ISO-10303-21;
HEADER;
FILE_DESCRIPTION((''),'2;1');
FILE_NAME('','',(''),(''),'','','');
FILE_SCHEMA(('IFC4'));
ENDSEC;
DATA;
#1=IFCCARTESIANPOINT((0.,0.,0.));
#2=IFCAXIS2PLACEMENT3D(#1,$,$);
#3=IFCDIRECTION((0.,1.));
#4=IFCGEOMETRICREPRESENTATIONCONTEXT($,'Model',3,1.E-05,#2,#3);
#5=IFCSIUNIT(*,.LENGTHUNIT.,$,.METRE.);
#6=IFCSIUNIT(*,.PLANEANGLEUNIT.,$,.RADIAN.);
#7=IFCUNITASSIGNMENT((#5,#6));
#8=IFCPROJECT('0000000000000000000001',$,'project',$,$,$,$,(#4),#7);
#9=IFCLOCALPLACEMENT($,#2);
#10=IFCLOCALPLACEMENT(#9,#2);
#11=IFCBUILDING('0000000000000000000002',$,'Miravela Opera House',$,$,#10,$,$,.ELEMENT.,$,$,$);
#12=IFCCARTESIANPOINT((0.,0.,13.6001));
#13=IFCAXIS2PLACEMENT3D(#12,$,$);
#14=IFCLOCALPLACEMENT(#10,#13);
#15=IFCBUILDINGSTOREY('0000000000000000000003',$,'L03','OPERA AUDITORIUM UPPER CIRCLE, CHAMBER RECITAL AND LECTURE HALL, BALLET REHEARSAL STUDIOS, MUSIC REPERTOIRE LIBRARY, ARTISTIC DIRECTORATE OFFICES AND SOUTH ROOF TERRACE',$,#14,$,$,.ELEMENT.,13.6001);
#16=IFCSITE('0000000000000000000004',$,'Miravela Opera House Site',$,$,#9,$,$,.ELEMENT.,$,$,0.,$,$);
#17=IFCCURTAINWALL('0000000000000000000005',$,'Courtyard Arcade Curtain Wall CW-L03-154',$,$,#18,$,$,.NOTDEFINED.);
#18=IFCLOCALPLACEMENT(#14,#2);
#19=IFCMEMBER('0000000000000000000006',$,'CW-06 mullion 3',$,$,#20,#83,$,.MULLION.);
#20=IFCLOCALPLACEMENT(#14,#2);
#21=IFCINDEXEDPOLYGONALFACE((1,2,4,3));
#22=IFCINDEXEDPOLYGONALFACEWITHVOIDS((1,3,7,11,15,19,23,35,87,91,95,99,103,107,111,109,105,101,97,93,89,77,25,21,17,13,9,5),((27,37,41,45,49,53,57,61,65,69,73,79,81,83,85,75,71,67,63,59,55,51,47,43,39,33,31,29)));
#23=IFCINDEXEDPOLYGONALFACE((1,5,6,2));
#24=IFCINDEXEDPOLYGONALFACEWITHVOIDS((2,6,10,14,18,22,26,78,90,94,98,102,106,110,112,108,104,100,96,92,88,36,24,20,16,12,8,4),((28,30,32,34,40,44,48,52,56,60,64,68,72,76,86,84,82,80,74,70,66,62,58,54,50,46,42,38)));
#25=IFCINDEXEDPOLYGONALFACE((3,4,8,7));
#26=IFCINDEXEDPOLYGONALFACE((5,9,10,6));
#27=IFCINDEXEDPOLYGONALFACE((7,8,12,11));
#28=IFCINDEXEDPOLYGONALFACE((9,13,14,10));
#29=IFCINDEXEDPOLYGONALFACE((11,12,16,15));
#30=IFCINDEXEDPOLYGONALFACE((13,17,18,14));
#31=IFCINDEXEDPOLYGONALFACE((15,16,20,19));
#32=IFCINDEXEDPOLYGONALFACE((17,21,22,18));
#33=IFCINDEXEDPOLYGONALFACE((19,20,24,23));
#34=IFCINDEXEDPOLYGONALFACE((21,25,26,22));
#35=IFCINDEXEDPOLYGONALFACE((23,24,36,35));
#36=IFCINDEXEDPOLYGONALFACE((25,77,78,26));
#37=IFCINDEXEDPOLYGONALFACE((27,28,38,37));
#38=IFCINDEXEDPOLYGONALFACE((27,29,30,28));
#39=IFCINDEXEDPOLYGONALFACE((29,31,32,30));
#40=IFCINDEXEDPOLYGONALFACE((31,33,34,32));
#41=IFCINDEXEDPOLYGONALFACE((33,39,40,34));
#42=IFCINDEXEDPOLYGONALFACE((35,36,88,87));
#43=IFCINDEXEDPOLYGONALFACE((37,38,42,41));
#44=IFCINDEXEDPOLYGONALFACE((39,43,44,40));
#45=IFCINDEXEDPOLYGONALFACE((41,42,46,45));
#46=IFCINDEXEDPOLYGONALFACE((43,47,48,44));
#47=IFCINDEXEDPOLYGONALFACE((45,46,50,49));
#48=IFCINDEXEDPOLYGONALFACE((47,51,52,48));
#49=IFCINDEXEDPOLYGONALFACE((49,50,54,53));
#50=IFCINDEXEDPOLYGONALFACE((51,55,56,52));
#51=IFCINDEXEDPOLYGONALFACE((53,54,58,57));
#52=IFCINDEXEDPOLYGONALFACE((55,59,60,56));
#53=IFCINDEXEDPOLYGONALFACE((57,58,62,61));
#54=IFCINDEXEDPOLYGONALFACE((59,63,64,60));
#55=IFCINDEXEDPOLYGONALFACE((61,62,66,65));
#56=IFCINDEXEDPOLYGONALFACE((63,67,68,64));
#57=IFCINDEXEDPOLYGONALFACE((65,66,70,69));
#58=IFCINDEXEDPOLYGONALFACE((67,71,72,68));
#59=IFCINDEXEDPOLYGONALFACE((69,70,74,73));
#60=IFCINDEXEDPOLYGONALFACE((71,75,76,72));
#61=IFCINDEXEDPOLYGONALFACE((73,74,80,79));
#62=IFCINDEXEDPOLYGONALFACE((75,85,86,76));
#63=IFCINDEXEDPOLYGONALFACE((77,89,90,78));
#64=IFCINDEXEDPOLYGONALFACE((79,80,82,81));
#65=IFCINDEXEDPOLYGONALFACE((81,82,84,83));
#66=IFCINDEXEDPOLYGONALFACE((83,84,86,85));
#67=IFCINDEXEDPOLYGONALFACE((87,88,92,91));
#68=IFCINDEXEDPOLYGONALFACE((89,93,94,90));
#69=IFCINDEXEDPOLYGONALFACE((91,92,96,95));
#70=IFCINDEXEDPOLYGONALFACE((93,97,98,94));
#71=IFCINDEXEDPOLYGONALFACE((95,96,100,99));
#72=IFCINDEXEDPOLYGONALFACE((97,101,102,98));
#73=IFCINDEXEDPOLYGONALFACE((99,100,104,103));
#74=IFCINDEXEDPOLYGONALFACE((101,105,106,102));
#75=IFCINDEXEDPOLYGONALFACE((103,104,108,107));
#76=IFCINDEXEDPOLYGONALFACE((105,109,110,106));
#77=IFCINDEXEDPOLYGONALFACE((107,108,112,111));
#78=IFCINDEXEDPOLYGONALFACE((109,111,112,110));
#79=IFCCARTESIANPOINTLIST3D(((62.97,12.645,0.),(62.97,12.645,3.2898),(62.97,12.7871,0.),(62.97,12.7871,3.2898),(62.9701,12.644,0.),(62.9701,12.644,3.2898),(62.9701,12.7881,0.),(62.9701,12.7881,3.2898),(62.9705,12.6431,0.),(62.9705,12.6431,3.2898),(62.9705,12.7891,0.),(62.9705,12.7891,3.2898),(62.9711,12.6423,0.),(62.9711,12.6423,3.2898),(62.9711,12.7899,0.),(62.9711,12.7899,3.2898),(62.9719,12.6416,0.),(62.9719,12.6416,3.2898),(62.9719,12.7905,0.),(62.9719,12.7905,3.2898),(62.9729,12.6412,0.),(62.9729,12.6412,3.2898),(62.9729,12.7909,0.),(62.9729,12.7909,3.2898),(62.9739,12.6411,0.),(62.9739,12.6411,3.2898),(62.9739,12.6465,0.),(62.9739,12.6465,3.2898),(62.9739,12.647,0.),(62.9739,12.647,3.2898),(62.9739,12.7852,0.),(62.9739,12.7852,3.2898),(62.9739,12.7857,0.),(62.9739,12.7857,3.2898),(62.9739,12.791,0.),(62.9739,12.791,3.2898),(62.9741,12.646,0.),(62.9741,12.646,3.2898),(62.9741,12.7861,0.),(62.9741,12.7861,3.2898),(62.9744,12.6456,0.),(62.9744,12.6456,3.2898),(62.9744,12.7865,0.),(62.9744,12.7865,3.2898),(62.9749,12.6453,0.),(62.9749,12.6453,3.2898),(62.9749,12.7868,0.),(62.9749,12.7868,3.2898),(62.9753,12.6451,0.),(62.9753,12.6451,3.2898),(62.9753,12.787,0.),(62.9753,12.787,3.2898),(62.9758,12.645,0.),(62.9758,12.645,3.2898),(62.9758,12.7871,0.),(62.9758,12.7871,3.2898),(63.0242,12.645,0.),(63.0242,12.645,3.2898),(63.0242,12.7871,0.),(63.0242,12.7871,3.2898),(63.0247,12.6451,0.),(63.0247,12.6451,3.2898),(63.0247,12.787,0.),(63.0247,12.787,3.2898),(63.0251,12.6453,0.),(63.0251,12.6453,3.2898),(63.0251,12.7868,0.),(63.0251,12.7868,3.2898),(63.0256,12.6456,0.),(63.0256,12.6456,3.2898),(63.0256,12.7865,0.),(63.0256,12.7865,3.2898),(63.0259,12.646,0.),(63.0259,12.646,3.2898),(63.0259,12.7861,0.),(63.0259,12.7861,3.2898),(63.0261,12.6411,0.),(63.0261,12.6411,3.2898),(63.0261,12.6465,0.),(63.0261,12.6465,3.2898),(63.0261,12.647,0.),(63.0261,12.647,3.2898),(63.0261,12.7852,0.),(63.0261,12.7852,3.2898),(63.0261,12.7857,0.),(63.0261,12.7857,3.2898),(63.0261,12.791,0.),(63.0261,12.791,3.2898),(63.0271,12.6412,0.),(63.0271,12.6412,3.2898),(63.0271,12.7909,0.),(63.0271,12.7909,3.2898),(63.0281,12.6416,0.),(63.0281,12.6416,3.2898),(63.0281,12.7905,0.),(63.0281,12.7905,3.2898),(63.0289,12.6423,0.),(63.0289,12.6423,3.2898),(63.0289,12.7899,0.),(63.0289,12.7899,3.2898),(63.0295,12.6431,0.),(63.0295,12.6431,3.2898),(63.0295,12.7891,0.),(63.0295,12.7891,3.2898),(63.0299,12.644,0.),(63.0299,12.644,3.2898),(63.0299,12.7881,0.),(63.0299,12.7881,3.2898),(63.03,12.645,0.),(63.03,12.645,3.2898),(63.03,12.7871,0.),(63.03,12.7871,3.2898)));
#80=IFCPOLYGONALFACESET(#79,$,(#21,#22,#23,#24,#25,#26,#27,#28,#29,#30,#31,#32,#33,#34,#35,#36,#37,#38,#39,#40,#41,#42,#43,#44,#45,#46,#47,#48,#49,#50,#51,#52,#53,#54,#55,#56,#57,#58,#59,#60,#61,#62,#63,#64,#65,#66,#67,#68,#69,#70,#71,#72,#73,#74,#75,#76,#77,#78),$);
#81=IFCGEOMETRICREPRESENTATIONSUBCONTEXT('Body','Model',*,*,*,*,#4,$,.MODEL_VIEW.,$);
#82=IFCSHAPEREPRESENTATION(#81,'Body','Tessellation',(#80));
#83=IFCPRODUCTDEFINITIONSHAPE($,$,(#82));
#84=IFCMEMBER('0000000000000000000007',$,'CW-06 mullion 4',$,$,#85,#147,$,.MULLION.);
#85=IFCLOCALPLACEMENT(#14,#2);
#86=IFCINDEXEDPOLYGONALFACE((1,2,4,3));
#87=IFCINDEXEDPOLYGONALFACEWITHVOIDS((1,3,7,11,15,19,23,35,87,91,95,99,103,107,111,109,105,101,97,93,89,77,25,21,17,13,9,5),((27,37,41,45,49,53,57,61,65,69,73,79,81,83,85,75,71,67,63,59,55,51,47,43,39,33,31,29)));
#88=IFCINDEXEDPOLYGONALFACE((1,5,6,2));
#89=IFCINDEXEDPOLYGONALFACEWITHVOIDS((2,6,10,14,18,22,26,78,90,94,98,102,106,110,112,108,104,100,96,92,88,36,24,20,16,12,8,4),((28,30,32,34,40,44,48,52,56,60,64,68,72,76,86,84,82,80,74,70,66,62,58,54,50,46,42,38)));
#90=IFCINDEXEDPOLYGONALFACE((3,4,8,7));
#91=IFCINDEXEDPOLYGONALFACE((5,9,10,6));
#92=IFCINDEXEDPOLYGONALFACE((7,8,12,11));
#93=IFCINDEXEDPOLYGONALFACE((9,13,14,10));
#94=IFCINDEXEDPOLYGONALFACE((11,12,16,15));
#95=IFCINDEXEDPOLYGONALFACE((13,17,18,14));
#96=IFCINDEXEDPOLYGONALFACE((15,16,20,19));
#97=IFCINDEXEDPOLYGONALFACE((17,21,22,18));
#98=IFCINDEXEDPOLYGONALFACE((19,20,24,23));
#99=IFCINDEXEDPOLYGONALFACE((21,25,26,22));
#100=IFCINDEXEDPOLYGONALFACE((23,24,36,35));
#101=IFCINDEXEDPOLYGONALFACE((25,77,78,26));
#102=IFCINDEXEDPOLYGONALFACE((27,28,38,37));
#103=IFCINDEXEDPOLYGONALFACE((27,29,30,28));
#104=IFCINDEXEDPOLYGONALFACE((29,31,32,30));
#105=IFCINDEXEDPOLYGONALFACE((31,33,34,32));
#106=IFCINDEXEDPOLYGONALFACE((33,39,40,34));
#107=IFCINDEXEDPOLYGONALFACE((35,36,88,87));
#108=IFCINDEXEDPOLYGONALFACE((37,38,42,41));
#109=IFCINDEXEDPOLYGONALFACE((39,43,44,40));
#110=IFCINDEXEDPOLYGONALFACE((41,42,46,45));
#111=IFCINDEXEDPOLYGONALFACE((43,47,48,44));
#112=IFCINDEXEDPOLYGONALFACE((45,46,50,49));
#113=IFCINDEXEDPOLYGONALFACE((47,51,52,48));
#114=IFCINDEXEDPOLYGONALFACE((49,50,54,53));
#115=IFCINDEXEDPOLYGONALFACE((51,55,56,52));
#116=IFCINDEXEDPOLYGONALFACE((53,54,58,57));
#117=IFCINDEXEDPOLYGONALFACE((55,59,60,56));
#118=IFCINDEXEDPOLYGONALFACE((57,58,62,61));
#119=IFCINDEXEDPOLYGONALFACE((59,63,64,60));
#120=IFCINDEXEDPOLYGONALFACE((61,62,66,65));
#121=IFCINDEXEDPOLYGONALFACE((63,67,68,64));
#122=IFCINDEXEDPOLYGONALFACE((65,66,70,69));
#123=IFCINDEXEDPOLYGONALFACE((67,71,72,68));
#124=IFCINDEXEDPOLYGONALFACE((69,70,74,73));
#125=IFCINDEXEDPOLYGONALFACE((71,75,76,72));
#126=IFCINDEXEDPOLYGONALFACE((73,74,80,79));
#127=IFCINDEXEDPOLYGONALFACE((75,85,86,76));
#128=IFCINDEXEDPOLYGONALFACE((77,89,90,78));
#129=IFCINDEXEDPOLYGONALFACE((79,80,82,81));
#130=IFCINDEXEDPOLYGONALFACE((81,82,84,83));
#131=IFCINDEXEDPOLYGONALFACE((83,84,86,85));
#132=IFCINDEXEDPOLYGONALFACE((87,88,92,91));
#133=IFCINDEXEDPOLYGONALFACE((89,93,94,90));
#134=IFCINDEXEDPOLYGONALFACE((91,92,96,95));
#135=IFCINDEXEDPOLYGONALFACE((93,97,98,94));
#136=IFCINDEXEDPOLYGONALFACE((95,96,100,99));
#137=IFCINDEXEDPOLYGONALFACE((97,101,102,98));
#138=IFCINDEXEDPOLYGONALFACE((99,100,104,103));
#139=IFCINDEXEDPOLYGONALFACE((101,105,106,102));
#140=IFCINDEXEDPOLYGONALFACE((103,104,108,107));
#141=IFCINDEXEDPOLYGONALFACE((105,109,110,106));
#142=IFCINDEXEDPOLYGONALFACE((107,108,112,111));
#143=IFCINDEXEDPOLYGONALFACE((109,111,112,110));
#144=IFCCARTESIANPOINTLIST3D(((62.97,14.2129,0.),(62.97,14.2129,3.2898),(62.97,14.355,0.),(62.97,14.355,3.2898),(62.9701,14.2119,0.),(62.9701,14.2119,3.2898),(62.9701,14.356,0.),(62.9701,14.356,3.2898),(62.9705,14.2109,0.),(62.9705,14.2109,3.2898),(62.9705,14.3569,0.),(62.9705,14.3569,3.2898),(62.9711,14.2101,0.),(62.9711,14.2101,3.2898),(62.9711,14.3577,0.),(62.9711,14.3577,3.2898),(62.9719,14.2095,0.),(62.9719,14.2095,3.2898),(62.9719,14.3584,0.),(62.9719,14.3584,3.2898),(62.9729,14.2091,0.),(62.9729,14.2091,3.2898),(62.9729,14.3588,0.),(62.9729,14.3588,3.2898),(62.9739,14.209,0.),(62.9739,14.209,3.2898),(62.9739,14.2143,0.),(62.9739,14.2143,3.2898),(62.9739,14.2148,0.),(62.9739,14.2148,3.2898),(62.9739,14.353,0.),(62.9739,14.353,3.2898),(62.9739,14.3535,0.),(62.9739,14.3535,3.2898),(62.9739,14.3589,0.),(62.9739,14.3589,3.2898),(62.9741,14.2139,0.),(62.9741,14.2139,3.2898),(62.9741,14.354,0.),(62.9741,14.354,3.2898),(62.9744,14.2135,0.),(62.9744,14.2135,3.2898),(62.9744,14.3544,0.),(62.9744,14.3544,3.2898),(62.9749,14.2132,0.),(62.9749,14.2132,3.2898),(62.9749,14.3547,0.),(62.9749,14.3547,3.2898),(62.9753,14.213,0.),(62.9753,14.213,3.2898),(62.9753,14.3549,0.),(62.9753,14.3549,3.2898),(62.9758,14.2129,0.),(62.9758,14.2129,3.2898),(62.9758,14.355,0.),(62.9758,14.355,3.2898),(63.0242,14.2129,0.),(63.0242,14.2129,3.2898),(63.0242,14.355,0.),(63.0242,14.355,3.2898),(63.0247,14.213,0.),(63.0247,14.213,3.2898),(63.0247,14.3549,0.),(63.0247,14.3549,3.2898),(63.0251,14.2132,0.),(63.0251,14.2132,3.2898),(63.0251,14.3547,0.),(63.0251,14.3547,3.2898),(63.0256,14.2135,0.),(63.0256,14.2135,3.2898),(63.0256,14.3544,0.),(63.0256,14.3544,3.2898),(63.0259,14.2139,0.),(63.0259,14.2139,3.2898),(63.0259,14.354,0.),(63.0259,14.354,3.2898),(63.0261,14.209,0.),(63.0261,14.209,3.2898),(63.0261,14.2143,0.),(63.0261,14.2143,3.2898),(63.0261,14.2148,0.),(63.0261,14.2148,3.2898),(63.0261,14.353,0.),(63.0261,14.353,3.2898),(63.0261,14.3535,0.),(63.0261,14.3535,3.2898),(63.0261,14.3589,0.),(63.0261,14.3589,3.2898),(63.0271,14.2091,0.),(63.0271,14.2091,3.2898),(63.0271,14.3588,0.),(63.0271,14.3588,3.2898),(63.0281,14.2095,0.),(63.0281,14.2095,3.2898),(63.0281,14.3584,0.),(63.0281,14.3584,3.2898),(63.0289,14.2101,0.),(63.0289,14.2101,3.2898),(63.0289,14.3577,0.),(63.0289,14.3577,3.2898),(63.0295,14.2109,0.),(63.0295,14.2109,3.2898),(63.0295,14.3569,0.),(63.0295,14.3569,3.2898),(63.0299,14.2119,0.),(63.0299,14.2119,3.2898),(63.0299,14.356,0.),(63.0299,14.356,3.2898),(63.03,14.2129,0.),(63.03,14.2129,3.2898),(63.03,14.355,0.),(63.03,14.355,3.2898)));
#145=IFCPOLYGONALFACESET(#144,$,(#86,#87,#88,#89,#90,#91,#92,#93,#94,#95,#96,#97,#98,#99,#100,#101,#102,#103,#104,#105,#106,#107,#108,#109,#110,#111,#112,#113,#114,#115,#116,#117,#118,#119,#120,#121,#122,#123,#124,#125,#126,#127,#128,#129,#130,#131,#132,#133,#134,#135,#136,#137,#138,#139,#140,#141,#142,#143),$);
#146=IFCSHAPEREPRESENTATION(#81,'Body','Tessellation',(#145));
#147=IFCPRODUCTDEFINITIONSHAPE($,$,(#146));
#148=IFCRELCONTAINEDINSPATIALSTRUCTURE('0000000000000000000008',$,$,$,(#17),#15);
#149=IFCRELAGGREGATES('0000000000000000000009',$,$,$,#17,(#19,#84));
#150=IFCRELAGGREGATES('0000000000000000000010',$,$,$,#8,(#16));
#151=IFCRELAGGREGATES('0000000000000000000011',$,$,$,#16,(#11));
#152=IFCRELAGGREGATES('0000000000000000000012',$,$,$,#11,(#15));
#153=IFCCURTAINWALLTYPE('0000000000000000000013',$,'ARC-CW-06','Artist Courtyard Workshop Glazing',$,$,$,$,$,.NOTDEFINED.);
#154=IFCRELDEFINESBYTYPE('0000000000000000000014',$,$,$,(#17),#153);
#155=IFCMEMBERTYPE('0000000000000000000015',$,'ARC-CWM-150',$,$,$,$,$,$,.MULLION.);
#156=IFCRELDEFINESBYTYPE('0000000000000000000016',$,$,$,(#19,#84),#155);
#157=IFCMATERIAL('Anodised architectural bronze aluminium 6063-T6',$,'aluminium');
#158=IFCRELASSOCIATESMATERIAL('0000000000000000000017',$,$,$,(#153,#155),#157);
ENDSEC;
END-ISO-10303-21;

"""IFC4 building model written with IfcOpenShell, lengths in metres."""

from ifc_helpers import new_model, si_unit, direction, frame, origin, origin_2d, place, context, subcontext, project, spatial, hollow_rectangle, extrude, material, material_profile, profile_set, type_object, element, aggregate, save


model = new_model("IFC4")

# Units and contexts
model_context = context("Model", 3, precision=1e-05, world=origin(), true_north=direction((0.0, 1.0)))
body_context = subcontext(model_context, "Body", "Model", "MODEL_VIEW")
ifc_project = project(units=[si_unit("LENGTHUNIT", "METRE"), si_unit("PLANEANGLEUNIT", "RADIAN")], contexts=[model_context])

# Site, building, storey
site_placement = place(None, origin())
site = spatial("IfcSite", under=ifc_project, at=site_placement, Name="Miravela Opera House Site", CompositionType="ELEMENT", RefElevation=0.0)
building_placement = place(site_placement, origin())
building = spatial("IfcBuilding", under=site, at=building_placement, Name="Miravela Opera House", CompositionType="ELEMENT")
storey_placement = place(building_placement, frame((0.0, 0.0, 13.6001)))
storey = spatial("IfcBuildingStorey", under=building, at=storey_placement, Name="L03", Description="OPERA AUDITORIUM UPPER CIRCLE, CHAMBER RECITAL AND LECTURE HALL, BALLET REHEARSAL STUDIOS, MUSIC REPERTOIRE LIBRARY, ARTISTIC DIRECTORATE OFFICES AND SOUTH ROOF TERRACE", CompositionType="ELEMENT", Elevation=13.6001)

# Curtain wall, members
ifc_material_1 = material(Name="Anodised architectural bronze aluminium 6063-T6", Category="aluminium")
curtain_wall_type = type_object("IfcCurtainWallType", Name="ARC-CW-06", Description="Artist Courtyard Workshop Glazing", PredefinedType="NOTDEFINED", material=ifc_material_1)
curtain_wall_placement = place(storey_placement, origin())
curtain_wall = element("IfcCurtainWall", 1, at=curtain_wall_placement, inside=storey, type_object=curtain_wall_type, Name="Courtyard Arcade Curtain Wall CW-L03-154", PredefinedType="NOTDEFINED")
ifc_material_profile_1 = material_profile(ifc_material_1, hollow_rectangle(XDim=0.0601, YDim=0.1499, WallThickness=0.0039, InnerFilletRadius=0.002, OuterFilletRadius=0.0039, at=origin_2d()), Name="CWM-60X150")
ifc_profile_set_1 = profile_set([ifc_material_profile_1])
member_type_1 = type_object("IfcMemberType", Name="ARC-CWM-150", PredefinedType="MULLION", material=ifc_profile_set_1)
member_1_placement = place(storey_placement, frame((63.0, 12.7161, 0.0), z_axis=(0.0, 0.0, 1.0), x_axis=(-1.0, 0.0, 0.0)))
member_1 = element("IfcMember", 2, at=member_1_placement, type_object=member_type_1, Name="CW-06 mullion 3", PredefinedType="MULLION", context=body_context, shape_type="SweptSolid", body=[
    extrude(hollow_rectangle(XDim=0.0601, YDim=0.1499, WallThickness=0.0039, InnerFilletRadius=0.002, OuterFilletRadius=0.0039, at=origin_2d()), origin(), (0.0, 0.0, 1.0), 3.2898),
])
member_2_placement = place(storey_placement, frame((63.0, 14.2839, 0.0), z_axis=(0.0, 0.0, 1.0), x_axis=(-1.0, 0.0, 0.0)))
member_2 = element("IfcMember", 3, at=member_2_placement, type_object=member_type_1, Name="CW-06 mullion 4", PredefinedType="MULLION", context=body_context, shape_type="SweptSolid", body=[
    extrude(hollow_rectangle(XDim=0.0601, YDim=0.1499, WallThickness=0.0039, InnerFilletRadius=0.002, OuterFilletRadius=0.0039, at=origin_2d()), origin(), (0.0, 0.0, 1.0), 3.2898),
])

aggregate(curtain_wall, [member_1, member_2])

save(model, "model.ifc")
